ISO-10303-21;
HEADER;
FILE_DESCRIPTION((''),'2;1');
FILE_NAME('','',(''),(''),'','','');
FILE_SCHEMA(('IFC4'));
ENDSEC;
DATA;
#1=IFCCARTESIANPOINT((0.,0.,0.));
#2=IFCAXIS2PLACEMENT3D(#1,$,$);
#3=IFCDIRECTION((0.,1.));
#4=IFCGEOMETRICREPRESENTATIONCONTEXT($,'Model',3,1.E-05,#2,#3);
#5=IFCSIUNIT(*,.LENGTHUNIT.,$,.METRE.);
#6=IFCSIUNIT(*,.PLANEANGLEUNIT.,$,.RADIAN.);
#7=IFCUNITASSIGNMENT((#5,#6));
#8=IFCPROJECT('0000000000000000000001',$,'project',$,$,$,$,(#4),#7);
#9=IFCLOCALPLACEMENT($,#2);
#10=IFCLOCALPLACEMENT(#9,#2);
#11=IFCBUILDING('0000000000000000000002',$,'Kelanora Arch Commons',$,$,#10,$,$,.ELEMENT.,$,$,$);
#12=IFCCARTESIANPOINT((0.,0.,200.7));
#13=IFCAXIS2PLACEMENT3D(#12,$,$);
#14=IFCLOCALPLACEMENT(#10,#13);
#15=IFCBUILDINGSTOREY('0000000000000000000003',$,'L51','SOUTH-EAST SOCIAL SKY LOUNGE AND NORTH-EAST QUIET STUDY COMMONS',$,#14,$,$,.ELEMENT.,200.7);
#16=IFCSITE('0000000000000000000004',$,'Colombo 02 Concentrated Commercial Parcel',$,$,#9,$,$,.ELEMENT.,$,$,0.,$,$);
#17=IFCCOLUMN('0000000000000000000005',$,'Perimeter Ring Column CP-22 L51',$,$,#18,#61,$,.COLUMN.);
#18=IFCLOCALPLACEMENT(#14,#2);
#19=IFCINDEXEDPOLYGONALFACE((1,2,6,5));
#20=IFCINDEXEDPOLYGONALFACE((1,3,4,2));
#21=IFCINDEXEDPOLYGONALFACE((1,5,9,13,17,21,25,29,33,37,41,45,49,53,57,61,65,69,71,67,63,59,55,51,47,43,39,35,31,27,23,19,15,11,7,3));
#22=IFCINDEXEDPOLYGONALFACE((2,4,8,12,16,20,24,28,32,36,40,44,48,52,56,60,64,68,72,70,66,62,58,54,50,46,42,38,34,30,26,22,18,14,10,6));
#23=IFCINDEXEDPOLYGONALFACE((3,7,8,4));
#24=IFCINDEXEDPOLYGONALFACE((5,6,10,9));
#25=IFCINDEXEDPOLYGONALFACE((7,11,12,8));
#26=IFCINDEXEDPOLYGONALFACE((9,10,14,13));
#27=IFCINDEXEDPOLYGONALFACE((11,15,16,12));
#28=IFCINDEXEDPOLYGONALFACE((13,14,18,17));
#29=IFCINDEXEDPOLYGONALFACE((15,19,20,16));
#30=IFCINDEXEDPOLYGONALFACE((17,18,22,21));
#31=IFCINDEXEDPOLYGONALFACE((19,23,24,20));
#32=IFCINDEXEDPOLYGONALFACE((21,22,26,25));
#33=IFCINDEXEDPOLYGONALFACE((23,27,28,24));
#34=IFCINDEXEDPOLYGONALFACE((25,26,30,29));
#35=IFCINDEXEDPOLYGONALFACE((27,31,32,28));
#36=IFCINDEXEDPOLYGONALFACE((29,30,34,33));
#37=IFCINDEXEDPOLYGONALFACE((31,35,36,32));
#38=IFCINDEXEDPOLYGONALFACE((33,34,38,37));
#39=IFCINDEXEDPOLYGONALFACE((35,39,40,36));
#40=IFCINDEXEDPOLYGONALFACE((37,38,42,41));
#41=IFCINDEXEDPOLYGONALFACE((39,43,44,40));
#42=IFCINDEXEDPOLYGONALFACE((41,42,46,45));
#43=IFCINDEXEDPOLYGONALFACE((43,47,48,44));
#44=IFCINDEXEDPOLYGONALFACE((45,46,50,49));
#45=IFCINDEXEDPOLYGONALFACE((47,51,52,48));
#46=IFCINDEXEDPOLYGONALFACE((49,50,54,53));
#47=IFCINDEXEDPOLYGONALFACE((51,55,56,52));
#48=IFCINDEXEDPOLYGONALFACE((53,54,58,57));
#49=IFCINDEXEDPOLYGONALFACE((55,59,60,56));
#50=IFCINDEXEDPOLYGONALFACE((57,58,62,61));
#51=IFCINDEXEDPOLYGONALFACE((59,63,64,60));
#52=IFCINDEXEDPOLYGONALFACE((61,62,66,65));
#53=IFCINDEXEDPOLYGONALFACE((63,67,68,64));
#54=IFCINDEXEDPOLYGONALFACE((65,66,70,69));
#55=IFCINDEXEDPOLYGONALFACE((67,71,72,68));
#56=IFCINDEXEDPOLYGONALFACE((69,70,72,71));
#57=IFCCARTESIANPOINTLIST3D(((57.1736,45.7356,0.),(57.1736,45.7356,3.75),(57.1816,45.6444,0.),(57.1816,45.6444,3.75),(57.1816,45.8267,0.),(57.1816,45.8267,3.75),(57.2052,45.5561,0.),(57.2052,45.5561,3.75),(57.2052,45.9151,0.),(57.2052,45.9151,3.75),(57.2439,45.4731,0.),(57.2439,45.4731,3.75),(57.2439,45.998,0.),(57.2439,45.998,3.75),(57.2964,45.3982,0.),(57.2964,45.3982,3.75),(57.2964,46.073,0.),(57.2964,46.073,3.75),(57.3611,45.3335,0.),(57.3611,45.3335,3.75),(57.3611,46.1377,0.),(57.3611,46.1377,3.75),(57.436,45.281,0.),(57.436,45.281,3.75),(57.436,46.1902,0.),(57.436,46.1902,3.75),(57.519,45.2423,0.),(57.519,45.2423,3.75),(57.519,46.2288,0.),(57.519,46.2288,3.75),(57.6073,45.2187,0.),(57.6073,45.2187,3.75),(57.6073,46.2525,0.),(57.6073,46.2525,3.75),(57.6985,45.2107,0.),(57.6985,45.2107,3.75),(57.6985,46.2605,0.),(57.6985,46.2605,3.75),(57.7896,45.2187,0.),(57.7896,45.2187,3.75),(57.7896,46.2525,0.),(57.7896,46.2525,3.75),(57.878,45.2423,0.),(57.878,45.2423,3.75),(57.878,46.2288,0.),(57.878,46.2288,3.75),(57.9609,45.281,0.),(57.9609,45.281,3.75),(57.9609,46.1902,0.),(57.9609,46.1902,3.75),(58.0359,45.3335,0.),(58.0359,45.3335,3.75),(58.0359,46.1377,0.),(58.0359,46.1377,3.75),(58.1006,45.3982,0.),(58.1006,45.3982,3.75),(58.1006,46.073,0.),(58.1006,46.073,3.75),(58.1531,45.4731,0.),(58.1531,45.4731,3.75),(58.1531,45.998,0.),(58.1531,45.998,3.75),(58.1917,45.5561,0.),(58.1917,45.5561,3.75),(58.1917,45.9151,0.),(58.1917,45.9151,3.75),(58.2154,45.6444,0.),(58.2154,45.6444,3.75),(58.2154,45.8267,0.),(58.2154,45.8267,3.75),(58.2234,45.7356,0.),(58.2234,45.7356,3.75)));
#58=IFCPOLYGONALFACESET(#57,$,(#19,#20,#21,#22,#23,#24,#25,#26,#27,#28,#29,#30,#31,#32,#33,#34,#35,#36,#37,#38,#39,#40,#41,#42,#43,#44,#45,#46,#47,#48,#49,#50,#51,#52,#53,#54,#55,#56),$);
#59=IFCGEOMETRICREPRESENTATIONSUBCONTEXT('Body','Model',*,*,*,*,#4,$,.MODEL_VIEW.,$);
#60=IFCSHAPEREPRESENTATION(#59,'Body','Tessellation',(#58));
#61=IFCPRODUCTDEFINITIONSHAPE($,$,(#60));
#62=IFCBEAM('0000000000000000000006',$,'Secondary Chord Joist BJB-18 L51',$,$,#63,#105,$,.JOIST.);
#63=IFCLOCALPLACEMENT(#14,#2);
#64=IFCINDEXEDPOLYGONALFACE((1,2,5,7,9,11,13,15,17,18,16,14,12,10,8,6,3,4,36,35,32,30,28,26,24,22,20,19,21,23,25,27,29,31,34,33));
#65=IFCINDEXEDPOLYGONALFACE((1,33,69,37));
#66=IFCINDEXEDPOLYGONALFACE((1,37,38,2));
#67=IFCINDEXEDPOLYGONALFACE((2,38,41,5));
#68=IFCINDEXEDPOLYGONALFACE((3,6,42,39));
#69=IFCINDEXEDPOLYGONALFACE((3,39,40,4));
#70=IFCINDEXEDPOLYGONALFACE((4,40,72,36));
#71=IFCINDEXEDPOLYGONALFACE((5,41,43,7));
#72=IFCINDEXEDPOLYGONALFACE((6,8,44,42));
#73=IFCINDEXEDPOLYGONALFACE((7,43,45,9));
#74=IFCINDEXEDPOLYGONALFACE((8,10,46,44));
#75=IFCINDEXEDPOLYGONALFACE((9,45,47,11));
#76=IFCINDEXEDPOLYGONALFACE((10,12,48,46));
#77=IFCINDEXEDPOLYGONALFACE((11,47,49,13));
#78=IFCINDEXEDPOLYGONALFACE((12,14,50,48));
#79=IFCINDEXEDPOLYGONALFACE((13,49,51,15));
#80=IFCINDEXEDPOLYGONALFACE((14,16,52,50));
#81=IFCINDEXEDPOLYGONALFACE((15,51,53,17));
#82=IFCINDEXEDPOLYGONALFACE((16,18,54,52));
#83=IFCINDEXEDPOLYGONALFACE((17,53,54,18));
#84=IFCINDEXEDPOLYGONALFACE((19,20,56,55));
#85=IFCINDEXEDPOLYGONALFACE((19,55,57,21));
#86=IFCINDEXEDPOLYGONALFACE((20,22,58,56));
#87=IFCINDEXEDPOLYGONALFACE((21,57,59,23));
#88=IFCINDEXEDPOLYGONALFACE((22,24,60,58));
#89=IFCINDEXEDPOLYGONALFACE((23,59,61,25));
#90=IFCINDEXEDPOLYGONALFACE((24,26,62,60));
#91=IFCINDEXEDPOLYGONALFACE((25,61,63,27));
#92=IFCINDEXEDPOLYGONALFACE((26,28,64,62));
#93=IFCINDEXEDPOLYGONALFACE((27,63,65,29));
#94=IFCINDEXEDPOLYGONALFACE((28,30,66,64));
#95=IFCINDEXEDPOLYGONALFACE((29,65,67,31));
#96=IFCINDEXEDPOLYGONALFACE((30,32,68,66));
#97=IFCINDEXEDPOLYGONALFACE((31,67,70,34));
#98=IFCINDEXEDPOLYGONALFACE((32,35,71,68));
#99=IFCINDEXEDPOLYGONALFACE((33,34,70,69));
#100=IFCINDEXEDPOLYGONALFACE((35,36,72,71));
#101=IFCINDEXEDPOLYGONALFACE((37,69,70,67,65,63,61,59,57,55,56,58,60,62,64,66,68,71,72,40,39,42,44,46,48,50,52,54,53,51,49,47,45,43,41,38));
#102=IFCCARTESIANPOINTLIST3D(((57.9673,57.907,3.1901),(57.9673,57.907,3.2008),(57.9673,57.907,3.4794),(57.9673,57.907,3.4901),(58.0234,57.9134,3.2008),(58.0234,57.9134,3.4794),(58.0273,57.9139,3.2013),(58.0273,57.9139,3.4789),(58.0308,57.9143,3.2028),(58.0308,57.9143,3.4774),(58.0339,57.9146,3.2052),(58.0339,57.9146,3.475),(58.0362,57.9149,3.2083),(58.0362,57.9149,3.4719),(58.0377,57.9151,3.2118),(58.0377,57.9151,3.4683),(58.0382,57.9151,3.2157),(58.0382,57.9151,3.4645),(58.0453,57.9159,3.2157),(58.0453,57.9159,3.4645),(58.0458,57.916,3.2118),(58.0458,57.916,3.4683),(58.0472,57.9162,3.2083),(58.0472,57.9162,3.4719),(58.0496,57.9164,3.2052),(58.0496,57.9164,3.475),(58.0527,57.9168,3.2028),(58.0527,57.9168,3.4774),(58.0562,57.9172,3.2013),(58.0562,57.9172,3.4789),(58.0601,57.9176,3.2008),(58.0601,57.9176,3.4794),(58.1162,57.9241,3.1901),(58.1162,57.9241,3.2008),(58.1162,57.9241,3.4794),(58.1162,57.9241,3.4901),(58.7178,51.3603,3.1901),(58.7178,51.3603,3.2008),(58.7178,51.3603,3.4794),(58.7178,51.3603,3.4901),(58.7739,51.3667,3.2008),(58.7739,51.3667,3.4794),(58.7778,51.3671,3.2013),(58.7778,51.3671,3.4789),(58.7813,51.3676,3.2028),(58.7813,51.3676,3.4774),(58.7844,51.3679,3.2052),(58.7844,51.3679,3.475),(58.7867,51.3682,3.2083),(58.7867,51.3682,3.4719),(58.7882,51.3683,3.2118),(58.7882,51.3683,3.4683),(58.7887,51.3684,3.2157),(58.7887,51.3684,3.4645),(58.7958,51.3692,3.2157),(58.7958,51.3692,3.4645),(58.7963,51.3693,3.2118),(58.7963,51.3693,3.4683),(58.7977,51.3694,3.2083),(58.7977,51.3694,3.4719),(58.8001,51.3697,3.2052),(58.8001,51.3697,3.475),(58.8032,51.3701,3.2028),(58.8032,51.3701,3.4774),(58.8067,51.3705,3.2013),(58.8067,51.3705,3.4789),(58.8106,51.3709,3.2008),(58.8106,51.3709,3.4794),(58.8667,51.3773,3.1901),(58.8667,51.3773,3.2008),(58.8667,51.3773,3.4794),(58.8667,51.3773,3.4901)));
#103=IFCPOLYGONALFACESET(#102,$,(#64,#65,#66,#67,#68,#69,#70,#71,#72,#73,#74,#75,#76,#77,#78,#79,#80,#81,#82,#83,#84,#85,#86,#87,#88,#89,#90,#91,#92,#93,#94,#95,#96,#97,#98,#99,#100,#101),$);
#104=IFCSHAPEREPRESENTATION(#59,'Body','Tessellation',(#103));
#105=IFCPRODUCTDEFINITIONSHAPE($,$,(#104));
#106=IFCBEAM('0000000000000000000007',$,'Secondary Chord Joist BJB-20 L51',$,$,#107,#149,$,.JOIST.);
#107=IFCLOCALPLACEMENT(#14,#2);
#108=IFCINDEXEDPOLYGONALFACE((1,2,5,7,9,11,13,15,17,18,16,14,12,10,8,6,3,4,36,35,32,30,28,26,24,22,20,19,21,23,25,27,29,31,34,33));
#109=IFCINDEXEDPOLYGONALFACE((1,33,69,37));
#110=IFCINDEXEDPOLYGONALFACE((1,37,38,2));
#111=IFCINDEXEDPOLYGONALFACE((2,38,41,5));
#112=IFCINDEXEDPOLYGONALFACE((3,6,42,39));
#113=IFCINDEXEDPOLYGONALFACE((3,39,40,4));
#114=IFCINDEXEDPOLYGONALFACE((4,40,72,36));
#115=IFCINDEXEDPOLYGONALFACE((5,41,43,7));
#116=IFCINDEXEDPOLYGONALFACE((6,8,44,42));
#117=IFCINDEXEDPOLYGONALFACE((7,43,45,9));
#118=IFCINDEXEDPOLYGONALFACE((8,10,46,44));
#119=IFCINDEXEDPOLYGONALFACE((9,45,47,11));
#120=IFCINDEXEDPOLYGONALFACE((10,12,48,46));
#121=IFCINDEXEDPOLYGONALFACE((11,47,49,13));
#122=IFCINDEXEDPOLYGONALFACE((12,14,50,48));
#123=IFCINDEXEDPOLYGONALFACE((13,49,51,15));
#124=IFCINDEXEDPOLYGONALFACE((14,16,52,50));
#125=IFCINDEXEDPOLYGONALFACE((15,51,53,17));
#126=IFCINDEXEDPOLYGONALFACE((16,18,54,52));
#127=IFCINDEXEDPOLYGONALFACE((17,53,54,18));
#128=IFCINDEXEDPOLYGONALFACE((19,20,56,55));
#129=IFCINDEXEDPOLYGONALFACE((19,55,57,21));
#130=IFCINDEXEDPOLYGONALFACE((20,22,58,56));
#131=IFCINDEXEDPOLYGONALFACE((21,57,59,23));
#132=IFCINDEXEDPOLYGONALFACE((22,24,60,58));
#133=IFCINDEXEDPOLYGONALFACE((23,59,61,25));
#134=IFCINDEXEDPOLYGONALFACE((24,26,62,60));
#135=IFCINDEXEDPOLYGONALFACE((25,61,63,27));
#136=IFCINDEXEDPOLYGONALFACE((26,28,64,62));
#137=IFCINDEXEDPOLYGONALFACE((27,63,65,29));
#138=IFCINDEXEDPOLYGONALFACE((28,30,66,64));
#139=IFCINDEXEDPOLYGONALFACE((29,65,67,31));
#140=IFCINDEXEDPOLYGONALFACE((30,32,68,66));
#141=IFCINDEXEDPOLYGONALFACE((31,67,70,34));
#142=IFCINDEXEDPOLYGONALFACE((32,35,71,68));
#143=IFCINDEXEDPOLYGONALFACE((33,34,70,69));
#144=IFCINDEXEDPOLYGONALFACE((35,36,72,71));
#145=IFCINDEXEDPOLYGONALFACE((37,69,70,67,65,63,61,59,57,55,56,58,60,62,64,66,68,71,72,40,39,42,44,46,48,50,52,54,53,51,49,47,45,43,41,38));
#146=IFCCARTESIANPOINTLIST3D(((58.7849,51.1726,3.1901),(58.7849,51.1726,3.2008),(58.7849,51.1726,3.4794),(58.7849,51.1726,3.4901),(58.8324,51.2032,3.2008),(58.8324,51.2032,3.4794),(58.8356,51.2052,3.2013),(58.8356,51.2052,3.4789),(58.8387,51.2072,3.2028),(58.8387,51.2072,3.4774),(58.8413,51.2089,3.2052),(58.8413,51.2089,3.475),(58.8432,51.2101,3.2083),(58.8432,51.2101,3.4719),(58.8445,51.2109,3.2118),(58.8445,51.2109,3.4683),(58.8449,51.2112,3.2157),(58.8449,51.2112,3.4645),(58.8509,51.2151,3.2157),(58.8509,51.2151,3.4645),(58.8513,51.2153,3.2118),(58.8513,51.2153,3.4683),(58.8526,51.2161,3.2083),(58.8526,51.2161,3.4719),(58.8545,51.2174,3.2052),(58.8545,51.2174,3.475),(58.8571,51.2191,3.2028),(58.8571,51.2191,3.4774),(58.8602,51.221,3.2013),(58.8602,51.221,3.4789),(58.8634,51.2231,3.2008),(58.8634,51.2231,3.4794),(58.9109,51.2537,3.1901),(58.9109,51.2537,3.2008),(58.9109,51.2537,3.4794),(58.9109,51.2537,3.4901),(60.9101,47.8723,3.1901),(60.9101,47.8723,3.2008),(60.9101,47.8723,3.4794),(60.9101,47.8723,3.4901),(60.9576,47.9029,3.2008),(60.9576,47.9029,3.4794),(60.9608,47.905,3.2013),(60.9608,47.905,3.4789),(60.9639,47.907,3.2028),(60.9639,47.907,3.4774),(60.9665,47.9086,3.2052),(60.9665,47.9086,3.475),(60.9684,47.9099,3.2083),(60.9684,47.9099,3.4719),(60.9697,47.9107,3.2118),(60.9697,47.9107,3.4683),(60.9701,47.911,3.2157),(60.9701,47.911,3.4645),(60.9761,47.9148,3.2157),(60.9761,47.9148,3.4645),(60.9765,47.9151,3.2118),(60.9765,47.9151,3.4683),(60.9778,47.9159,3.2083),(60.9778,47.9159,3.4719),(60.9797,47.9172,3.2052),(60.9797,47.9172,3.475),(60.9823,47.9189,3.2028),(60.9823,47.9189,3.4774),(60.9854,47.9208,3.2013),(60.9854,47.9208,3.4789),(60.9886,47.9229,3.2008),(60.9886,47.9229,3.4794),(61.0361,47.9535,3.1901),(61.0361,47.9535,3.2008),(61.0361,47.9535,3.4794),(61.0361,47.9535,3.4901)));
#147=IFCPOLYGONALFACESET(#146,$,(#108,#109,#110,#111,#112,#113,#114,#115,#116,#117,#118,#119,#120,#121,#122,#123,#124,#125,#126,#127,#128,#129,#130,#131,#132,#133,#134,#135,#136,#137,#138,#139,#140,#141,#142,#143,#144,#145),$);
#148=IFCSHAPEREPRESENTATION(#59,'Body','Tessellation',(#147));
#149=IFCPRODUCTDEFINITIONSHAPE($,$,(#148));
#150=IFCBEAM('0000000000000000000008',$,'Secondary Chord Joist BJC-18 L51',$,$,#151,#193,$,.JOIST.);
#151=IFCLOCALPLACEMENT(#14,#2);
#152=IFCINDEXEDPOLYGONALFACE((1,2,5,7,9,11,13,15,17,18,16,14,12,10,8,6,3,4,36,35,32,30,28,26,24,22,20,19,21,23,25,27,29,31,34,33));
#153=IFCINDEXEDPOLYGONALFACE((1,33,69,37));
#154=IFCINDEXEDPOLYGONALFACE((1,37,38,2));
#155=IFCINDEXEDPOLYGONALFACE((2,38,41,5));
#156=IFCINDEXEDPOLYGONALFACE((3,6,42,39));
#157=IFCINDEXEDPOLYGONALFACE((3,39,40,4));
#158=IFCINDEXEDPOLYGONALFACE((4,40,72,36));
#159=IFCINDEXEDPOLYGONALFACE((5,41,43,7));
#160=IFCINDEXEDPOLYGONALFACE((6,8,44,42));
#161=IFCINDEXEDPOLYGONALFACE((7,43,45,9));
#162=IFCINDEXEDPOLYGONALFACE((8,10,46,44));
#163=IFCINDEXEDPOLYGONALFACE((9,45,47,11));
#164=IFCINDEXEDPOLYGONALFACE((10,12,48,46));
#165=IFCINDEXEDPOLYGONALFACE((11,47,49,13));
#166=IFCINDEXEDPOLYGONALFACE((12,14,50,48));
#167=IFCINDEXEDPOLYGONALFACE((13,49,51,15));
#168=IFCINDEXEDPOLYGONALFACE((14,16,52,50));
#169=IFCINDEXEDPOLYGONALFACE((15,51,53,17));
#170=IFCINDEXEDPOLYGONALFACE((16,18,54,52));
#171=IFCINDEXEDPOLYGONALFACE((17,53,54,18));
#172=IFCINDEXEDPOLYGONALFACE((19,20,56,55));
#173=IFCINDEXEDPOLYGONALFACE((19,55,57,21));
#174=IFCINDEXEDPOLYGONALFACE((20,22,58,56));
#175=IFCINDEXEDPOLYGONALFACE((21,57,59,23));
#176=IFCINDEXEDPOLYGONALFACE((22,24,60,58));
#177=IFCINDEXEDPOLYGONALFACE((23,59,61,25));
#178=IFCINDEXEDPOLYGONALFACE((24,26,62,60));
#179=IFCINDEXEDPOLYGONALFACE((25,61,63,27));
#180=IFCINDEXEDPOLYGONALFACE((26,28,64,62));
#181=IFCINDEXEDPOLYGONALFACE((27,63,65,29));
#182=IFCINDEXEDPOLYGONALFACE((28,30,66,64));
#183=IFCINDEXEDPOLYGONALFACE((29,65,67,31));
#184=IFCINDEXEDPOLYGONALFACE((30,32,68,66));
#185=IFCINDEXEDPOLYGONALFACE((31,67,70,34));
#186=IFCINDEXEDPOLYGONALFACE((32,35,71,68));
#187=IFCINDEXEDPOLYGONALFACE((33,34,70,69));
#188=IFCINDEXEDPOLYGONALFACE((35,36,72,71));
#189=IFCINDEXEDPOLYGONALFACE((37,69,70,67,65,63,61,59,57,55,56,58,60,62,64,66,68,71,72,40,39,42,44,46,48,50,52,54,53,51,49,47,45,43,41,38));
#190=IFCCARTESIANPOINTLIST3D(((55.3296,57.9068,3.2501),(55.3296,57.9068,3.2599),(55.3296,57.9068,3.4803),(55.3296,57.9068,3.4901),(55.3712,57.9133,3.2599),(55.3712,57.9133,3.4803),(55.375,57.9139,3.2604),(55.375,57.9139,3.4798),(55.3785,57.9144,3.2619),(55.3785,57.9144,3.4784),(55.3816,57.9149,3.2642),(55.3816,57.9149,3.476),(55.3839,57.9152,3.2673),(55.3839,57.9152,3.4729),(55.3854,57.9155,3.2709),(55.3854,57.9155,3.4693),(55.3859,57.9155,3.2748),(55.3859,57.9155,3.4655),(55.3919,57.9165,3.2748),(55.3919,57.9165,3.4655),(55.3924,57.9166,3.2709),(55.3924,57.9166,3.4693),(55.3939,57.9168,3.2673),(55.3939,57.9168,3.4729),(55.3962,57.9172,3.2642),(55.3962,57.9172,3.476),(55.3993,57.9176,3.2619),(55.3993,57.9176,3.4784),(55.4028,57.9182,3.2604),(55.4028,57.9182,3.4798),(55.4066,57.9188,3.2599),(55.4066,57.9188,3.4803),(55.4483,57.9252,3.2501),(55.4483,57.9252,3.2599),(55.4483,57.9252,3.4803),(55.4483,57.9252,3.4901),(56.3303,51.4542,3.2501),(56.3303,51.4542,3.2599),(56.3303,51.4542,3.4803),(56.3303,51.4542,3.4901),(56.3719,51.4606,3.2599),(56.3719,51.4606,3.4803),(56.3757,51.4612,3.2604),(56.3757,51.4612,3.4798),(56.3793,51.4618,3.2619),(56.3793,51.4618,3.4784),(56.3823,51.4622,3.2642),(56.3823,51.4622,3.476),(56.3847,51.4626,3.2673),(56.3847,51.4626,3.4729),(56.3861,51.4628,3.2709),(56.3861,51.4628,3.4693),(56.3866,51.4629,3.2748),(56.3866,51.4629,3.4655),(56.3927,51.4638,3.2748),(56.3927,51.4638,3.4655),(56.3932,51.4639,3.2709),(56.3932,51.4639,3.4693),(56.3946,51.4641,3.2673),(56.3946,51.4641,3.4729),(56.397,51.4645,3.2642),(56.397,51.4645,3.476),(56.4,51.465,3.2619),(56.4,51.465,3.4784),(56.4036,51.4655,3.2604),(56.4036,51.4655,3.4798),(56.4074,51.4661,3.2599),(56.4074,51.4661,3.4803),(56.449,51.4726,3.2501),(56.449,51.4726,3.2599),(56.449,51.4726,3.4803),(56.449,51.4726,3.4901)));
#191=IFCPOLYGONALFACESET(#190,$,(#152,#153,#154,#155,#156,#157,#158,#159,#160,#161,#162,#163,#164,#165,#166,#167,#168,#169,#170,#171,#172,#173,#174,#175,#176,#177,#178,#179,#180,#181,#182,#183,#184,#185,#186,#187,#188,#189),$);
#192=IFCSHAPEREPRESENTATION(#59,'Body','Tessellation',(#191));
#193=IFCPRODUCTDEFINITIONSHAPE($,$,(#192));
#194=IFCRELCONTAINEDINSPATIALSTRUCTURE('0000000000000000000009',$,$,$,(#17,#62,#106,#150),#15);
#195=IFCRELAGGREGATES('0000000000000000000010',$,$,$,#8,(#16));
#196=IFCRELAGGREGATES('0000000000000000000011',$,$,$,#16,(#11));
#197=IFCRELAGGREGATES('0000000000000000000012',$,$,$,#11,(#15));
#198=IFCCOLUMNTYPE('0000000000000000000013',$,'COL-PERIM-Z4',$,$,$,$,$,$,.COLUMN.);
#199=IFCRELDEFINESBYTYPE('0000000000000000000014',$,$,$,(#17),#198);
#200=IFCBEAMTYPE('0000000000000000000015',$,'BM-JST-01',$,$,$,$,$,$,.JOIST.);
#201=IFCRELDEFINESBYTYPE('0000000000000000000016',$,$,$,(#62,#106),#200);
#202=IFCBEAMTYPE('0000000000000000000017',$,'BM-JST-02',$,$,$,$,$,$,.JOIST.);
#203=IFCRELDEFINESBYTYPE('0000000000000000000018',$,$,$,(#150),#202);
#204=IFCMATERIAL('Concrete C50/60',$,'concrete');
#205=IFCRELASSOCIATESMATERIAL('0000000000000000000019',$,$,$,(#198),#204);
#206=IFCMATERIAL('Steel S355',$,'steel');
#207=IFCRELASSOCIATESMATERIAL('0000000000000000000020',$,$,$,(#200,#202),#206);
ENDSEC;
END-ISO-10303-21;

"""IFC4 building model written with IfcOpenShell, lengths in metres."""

from ifc_helpers import new_model, si_unit, direction, frame, origin, origin_2d, place, context, subcontext, project, spatial, circle, i_section, extrude, material, material_profile, profile_set, type_object, element, save


model = new_model("IFC4")

# Units and contexts
model_context = context("Model", 3, precision=1e-05, world=origin(), true_north=direction((0.0, 1.0)))
body_context = subcontext(model_context, "Body", "Model", "MODEL_VIEW")
ifc_project = project(units=[si_unit("LENGTHUNIT", "METRE"), si_unit("PLANEANGLEUNIT", "RADIAN")], contexts=[model_context])

# Site, building, storey
site_placement = place(None, origin())
site = spatial("IfcSite", under=ifc_project, at=site_placement, Name="Colombo 02 Concentrated Commercial Parcel", CompositionType="ELEMENT", RefElevation=0.0)
building_placement = place(site_placement, origin())
building = spatial("IfcBuilding", under=site, at=building_placement, Name="Kelanora Arch Commons", CompositionType="ELEMENT")
storey_placement = place(building_placement, frame((0.0, 0.0, 200.7)))
storey = spatial("IfcBuildingStorey", under=building, at=storey_placement, Name="L51", Description="SOUTH-EAST SOCIAL SKY LOUNGE AND NORTH-EAST QUIET STUDY COMMONS", CompositionType="ELEMENT", Elevation=200.7)

# Column
ifc_material_1 = material(Name="Concrete C50/60", Category="concrete")
ifc_material_profile_1 = material_profile(ifc_material_1, circle(Radius=0.5249, at=origin_2d()), Name="RCC1050")
ifc_profile_set_1 = profile_set([ifc_material_profile_1], Name="Concrete C50/60")
column_type = type_object("IfcColumnType", Name="COL-PERIM-Z4", PredefinedType="COLUMN", material=ifc_profile_set_1)
column_placement = place(storey_placement, frame((57.6985, 45.7356, 0.0), z_axis=(0.0, 0.0, 1.0), x_axis=(1.0, 0.0, 0.0)))
element("IfcColumn", 1, at=column_placement, inside=storey, type_object=column_type, Name="Perimeter Ring Column CP-22 L51", PredefinedType="COLUMN", context=body_context, shape_type="SweptSolid", body=[
    extrude(circle(Radius=0.5249, at=origin_2d()), origin(), (0.0, 0.0, 1.0), 3.75),
])

# Beams
ifc_material_2 = material(Name="Steel S355", Category="steel")
ifc_material_profile_2 = material_profile(ifc_material_2, i_section(OverallWidth=0.1499, OverallDepth=0.3, WebThickness=0.0071, FlangeThickness=0.0107, FilletRadius=0.0149, at=origin_2d()), Name="IPE300")
ifc_profile_set_2 = profile_set([ifc_material_profile_2], Name="Steel S355")
beam_type_1 = type_object("IfcBeamType", Name="BM-JST-01", PredefinedType="JOIST", material=ifc_profile_set_2)
beam_1_placement = place(storey_placement, frame((58.0417, 57.9155, 3.3401), z_axis=(0.113891, -0.993493, 0.0), x_axis=(0.993493, 0.113891, 0.0)))
element("IfcBeam", 2, at=beam_1_placement, inside=storey, type_object=beam_type_1, Name="Secondary Chord Joist BJB-18 L51", PredefinedType="JOIST", context=body_context, shape_type="SweptSolid", body=[
    extrude(i_section(OverallWidth=0.1499, OverallDepth=0.3, WebThickness=0.0071, FlangeThickness=0.0107, FilletRadius=0.0149, at=origin_2d()), origin(), (0.0, 0.0, 1.0), 6.5896),
])
beam_2_placement = place(storey_placement, frame((58.8479, 51.2131, 3.3401), z_axis=(0.541411, -0.840758, 0.0), x_axis=(0.840758, 0.541411, 0.0)))
element("IfcBeam", 3, at=beam_2_placement, inside=storey, type_object=beam_type_1, Name="Secondary Chord Joist BJB-20 L51", PredefinedType="JOIST", context=body_context, shape_type="SweptSolid", body=[
    extrude(i_section(OverallWidth=0.1499, OverallDepth=0.3, WebThickness=0.0071, FlangeThickness=0.0107, FilletRadius=0.0149, at=origin_2d()), origin(), (0.0, 0.0, 1.0), 3.9253),
])
ifc_material_profile_3 = material_profile(ifc_material_2, i_section(OverallWidth=0.1201, OverallDepth=0.24, WebThickness=0.0061, FlangeThickness=0.0098, FilletRadius=0.0149, at=origin_2d()), Name="IPE240")
ifc_profile_set_3 = profile_set([ifc_material_profile_3], Name="Steel S355")
beam_type_2 = type_object("IfcBeamType", Name="BM-JST-02", PredefinedType="JOIST", material=ifc_profile_set_3)
beam_3_placement = place(storey_placement, frame((55.3889, 57.916, 3.3701), z_axis=(0.153257, -0.988186, 0.0), x_axis=(0.988186, 0.153257, 0.0)))
element("IfcBeam", 4, at=beam_3_placement, inside=storey, type_object=beam_type_2, Name="Secondary Chord Joist BJC-18 L51", PredefinedType="JOIST", context=body_context, shape_type="SweptSolid", body=[
    extrude(i_section(OverallWidth=0.1201, OverallDepth=0.24, WebThickness=0.0061, FlangeThickness=0.0098, FilletRadius=0.0149, at=origin_2d()), origin(), (0.0, 0.0, 1.0), 6.5298),
])

save(model, "model.ifc")
